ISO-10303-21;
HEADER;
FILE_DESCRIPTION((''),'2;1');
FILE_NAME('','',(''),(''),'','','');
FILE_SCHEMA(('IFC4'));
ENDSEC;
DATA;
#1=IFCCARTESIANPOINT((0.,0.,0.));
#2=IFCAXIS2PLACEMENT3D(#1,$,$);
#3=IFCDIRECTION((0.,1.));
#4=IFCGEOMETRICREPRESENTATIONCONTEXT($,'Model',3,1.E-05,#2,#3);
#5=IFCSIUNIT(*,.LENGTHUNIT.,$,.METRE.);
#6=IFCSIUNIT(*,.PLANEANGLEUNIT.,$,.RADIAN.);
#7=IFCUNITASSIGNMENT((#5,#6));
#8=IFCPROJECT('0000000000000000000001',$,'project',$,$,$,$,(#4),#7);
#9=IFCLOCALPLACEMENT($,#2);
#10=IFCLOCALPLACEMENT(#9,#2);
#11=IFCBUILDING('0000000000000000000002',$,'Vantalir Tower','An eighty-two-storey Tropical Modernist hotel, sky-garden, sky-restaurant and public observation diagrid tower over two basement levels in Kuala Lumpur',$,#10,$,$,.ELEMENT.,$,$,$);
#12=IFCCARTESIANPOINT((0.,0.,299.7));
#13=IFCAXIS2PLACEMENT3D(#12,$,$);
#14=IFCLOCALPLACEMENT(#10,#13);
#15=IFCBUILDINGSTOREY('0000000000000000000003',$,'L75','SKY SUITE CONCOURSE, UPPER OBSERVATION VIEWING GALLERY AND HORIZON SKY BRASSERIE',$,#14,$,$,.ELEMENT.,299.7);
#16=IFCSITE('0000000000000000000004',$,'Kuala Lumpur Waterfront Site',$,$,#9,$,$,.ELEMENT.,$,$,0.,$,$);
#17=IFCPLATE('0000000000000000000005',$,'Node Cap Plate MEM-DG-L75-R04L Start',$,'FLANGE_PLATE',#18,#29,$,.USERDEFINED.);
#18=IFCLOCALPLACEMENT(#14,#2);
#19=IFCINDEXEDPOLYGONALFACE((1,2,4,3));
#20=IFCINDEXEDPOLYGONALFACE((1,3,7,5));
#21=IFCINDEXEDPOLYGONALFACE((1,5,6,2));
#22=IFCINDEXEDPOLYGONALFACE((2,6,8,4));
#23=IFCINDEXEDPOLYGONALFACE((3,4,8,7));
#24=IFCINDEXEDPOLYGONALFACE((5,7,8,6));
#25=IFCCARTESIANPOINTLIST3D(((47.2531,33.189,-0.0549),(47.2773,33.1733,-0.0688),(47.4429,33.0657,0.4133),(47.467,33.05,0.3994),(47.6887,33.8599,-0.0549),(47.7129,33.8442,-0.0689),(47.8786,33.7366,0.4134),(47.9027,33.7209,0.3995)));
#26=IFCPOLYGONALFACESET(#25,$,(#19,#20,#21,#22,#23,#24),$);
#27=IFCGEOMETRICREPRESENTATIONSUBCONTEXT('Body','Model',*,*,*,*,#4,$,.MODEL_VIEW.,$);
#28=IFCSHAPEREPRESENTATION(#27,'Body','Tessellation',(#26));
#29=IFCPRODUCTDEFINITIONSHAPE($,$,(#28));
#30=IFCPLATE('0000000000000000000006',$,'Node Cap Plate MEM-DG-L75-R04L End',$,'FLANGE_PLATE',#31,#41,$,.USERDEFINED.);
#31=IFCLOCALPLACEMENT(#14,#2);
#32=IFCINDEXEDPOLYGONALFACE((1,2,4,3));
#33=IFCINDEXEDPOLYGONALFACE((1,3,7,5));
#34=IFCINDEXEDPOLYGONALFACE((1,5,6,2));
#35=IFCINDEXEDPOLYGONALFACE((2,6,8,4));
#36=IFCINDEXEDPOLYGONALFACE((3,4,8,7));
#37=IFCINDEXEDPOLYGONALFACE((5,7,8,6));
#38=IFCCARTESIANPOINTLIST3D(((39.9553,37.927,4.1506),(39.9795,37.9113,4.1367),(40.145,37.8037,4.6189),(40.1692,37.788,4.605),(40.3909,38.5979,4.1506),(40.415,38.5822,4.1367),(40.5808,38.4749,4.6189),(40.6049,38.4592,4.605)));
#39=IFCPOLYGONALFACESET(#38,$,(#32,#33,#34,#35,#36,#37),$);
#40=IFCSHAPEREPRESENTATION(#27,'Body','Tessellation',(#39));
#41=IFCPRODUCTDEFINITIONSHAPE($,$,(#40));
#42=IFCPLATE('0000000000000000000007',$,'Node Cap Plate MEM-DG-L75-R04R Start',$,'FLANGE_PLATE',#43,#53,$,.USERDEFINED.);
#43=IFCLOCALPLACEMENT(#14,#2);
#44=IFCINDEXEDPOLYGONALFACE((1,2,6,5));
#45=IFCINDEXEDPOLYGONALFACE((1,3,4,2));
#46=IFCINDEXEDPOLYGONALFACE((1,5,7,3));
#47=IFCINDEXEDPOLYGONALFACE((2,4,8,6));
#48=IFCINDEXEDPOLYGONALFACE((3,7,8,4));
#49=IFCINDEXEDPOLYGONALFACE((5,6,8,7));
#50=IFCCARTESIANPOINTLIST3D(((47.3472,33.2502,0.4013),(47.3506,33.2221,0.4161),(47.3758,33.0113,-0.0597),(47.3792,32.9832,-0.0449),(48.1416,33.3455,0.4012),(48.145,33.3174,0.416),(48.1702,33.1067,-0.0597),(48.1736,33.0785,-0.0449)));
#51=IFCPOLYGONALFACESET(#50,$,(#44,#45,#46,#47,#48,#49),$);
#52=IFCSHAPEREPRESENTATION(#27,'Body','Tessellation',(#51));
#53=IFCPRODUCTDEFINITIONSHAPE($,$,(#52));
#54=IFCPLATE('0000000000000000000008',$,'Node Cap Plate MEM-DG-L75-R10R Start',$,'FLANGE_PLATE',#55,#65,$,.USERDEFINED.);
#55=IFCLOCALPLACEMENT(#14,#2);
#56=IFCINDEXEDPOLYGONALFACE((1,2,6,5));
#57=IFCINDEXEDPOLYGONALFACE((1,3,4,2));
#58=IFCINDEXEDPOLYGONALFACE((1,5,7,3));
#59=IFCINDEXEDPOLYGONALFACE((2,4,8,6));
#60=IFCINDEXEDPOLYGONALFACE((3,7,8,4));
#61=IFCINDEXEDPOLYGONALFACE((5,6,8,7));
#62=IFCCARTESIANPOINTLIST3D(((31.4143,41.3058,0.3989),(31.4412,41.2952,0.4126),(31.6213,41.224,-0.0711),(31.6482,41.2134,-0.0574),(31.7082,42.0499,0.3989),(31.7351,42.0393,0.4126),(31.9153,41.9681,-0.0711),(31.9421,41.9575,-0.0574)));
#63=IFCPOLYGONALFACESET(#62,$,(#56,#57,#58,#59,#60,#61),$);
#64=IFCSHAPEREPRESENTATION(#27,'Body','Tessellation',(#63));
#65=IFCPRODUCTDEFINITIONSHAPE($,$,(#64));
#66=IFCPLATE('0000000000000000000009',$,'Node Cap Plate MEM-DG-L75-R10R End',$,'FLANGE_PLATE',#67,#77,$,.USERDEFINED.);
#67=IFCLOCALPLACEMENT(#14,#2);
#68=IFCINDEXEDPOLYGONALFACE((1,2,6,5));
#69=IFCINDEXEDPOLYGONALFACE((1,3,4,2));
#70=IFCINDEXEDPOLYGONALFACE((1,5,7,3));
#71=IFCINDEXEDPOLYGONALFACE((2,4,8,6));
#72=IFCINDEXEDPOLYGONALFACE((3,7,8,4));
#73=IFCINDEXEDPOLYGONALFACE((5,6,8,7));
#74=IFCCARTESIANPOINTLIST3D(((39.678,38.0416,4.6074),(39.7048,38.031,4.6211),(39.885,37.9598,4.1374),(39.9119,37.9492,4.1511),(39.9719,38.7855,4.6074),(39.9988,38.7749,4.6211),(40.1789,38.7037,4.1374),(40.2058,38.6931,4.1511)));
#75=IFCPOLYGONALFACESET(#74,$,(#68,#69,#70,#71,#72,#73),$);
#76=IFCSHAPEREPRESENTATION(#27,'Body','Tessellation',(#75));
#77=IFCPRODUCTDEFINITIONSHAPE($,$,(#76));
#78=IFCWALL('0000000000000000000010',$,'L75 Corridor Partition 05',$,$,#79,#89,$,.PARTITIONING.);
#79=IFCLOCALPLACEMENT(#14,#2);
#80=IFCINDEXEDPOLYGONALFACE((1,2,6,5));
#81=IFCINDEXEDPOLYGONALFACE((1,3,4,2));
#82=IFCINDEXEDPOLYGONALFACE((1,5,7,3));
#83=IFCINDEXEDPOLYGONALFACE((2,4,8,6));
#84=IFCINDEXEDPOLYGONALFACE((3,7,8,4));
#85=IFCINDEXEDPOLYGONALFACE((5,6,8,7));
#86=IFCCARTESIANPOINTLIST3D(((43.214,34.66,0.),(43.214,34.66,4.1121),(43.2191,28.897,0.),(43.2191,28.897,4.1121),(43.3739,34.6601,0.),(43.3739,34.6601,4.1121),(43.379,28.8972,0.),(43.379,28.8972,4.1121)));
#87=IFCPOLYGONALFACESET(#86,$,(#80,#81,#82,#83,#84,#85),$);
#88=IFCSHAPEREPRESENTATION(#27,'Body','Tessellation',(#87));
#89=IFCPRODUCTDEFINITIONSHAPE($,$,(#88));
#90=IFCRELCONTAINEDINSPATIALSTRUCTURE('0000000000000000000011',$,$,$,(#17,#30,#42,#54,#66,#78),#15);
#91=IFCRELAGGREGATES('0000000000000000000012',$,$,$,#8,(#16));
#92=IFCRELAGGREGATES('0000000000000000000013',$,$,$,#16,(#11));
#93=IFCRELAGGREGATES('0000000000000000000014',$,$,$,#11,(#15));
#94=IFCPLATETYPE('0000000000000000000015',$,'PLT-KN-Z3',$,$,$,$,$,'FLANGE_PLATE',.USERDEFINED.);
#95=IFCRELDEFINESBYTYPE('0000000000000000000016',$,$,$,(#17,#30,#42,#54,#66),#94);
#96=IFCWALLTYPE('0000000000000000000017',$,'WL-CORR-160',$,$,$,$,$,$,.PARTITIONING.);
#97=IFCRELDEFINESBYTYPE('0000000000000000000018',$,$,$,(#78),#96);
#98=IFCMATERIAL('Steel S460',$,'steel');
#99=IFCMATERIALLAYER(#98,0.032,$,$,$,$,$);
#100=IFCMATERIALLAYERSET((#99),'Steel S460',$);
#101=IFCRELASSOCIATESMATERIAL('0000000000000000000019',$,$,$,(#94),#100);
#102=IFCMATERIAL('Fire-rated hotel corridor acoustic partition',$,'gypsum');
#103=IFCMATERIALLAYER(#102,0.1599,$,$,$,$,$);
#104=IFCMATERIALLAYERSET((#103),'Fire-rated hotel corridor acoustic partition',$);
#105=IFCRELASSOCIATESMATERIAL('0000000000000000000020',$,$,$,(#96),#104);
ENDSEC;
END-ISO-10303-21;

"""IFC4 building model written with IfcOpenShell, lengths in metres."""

from ifc_helpers import new_model, si_unit, direction, frame, frame_2d, origin, place, context, subcontext, project, spatial, polyline, rectangle, outline, extrude, material, layer, layer_set, type_object, element, save


model = new_model("IFC4")

# Units and contexts
model_context = context("Model", 3, precision=1e-05, world=origin(), true_north=direction((0.0, 1.0)))
body_context = subcontext(model_context, "Body", "Model", "MODEL_VIEW")
ifc_project = project(units=[si_unit("LENGTHUNIT", "METRE"), si_unit("PLANEANGLEUNIT", "RADIAN")], contexts=[model_context])

# Site, building, storey
site_placement = place(None, origin())
site = spatial("IfcSite", under=ifc_project, at=site_placement, Name="Kuala Lumpur Waterfront Site", CompositionType="ELEMENT", RefElevation=0.0)
building_placement = place(site_placement, origin())
building = spatial("IfcBuilding", under=site, at=building_placement, Name="Vantalir Tower", Description="An eighty-two-storey Tropical Modernist hotel, sky-garden, sky-restaurant and public observation diagrid tower over two basement levels in Kuala Lumpur", CompositionType="ELEMENT")
storey_placement = place(building_placement, frame((0.0, 0.0, 299.7)))
storey = spatial("IfcBuildingStorey", under=building, at=storey_placement, Name="L75", Description="SKY SUITE CONCOURSE, UPPER OBSERVATION VIEWING GALLERY AND HORIZON SKY BRASSERIE", CompositionType="ELEMENT", Elevation=299.7)

# Shared definitions
ifc_material_1 = material(Name="Steel S460", Category="steel")

# Plates
ifc_layer_1 = layer(ifc_material_1, 0.032)
ifc_layer_set_1 = layer_set([ifc_layer_1], Name="Steel S460")
plate_type_1 = type_object("IfcPlateType", Name="PLT-KN-Z3", ElementType="FLANGE_PLATE", PredefinedType="USERDEFINED", material=ifc_layer_set_1)
plate_1_placement = place(storey_placement, frame((47.6887, 33.8599, -0.0549), z_axis=(-0.755094, 0.490344, 0.435197), x_axis=(-0.544603, -0.838694, 0.00005)))
element("IfcPlate", 1, at=plate_1_placement, inside=storey, type_object=plate_type_1, Name="Node Cap Plate MEM-DG-L75-R04L Start", ObjectType="FLANGE_PLATE", PredefinedType="USERDEFINED", context=body_context, shape_type="SweptSolid", body=[
    extrude(outline(polyline([(0.0, 0.0), (0.7999, 0.0), (0.8, 0.5201), (0.0, 0.5201), (0.0, 0.0)])), origin(), (0.0, 0.0, -1.0), 0.032),
])
plate_2_placement = place(storey_placement, frame((40.3909, 38.5979, 4.1506), z_axis=(-0.755176, 0.490308, 0.435094), x_axis=(-0.544547, -0.83873, 0.000018)))
element("IfcPlate", 2, at=plate_2_placement, inside=storey, type_object=plate_type_1, Name="Node Cap Plate MEM-DG-L75-R04L End", ObjectType="FLANGE_PLATE", PredefinedType="USERDEFINED", context=body_context, shape_type="SweptSolid", body=[
    extrude(outline(polyline([(0.0, 0.0), (0.7999, 0.0), (0.8, 0.5201), (-0.0002, 0.5201), (0.0, 0.0)])), origin(), (0.0, 0.0, -1.0), 0.032),
])
plate_3_placement = place(storey_placement, frame((47.3792, 32.9832, -0.0449), z_axis=(0.105628, -0.880187, 0.462723), x_axis=(0.992872, 0.119183, 0.000062)))
element("IfcPlate", 3, at=plate_3_placement, inside=storey, type_object=plate_type_1, Name="Node Cap Plate MEM-DG-L75-R04R Start", ObjectType="FLANGE_PLATE", PredefinedType="USERDEFINED", context=body_context, shape_type="SweptSolid", body=[
    extrude(outline(polyline([(0.0, 0.0), (0.8001, 0.0), (0.8003, 0.5199), (0.0002, 0.52), (0.0, 0.0)])), origin(), (0.0, 0.0, -1.0), 0.032),
])
plate_4_placement = place(storey_placement, frame((31.6482, 41.2134, -0.0574), z_axis=(0.840549, -0.332028, 0.42806), x_axis=(0.367389, 0.930067, 0.0)))
element("IfcPlate", 4, at=plate_4_placement, inside=storey, type_object=plate_type_1, Name="Node Cap Plate MEM-DG-L75-R10R Start", ObjectType="FLANGE_PLATE", PredefinedType="USERDEFINED", context=body_context, shape_type="SweptSolid", body=[
    extrude(outline(polyline([(0.0, 0.0), (0.8001, 0.0), (0.8001, 0.52), (0.0, 0.52), (0.0, 0.0)])), origin(), (0.0, 0.0, -1.0), 0.032),
])
plate_5_placement = place(storey_placement, frame((39.9119, 37.9492, 4.1511), z_axis=(0.840512, -0.332122, 0.42806), x_axis=(0.367493, 0.930026, 0.0)))
element("IfcPlate", 5, at=plate_5_placement, inside=storey, type_object=plate_type_1, Name="Node Cap Plate MEM-DG-L75-R10R End", ObjectType="FLANGE_PLATE", PredefinedType="USERDEFINED", context=body_context, shape_type="SweptSolid", body=[
    extrude(outline(polyline([(0.0, 0.0), (0.7999, 0.0), (0.7998, 0.52), (0.0, 0.52), (0.0, 0.0)])), origin(), (0.0, 0.0, -1.0), 0.032),
])

# Wall
ifc_material_2 = material(Name="Fire-rated hotel corridor acoustic partition", Category="gypsum")
ifc_layer_2 = layer(ifc_material_2, 0.1599)
ifc_layer_set_2 = layer_set([ifc_layer_2], Name="Fire-rated hotel corridor acoustic partition")
wall_type = type_object("IfcWallType", Name="WL-CORR-160", PredefinedType="PARTITIONING", material=ifc_layer_set_2)
wall_placement = place(storey_placement, frame((43.2939, 34.6599, 0.0), z_axis=(0.0, 0.0, 1.0), x_axis=(0.00089, -1.0, 0.0)))
element("IfcWall", 6, at=wall_placement, inside=storey, type_object=wall_type, Name="L75 Corridor Partition 05", PredefinedType="PARTITIONING", context=body_context, shape_type="SweptSolid", body=[
    extrude(rectangle(XDim=5.7629, YDim=0.1599, at=frame_2d((2.8813, 0.0))), origin(), (0.0, 0.0, 1.0), 4.1121),
])

save(model, "model.ifc")
